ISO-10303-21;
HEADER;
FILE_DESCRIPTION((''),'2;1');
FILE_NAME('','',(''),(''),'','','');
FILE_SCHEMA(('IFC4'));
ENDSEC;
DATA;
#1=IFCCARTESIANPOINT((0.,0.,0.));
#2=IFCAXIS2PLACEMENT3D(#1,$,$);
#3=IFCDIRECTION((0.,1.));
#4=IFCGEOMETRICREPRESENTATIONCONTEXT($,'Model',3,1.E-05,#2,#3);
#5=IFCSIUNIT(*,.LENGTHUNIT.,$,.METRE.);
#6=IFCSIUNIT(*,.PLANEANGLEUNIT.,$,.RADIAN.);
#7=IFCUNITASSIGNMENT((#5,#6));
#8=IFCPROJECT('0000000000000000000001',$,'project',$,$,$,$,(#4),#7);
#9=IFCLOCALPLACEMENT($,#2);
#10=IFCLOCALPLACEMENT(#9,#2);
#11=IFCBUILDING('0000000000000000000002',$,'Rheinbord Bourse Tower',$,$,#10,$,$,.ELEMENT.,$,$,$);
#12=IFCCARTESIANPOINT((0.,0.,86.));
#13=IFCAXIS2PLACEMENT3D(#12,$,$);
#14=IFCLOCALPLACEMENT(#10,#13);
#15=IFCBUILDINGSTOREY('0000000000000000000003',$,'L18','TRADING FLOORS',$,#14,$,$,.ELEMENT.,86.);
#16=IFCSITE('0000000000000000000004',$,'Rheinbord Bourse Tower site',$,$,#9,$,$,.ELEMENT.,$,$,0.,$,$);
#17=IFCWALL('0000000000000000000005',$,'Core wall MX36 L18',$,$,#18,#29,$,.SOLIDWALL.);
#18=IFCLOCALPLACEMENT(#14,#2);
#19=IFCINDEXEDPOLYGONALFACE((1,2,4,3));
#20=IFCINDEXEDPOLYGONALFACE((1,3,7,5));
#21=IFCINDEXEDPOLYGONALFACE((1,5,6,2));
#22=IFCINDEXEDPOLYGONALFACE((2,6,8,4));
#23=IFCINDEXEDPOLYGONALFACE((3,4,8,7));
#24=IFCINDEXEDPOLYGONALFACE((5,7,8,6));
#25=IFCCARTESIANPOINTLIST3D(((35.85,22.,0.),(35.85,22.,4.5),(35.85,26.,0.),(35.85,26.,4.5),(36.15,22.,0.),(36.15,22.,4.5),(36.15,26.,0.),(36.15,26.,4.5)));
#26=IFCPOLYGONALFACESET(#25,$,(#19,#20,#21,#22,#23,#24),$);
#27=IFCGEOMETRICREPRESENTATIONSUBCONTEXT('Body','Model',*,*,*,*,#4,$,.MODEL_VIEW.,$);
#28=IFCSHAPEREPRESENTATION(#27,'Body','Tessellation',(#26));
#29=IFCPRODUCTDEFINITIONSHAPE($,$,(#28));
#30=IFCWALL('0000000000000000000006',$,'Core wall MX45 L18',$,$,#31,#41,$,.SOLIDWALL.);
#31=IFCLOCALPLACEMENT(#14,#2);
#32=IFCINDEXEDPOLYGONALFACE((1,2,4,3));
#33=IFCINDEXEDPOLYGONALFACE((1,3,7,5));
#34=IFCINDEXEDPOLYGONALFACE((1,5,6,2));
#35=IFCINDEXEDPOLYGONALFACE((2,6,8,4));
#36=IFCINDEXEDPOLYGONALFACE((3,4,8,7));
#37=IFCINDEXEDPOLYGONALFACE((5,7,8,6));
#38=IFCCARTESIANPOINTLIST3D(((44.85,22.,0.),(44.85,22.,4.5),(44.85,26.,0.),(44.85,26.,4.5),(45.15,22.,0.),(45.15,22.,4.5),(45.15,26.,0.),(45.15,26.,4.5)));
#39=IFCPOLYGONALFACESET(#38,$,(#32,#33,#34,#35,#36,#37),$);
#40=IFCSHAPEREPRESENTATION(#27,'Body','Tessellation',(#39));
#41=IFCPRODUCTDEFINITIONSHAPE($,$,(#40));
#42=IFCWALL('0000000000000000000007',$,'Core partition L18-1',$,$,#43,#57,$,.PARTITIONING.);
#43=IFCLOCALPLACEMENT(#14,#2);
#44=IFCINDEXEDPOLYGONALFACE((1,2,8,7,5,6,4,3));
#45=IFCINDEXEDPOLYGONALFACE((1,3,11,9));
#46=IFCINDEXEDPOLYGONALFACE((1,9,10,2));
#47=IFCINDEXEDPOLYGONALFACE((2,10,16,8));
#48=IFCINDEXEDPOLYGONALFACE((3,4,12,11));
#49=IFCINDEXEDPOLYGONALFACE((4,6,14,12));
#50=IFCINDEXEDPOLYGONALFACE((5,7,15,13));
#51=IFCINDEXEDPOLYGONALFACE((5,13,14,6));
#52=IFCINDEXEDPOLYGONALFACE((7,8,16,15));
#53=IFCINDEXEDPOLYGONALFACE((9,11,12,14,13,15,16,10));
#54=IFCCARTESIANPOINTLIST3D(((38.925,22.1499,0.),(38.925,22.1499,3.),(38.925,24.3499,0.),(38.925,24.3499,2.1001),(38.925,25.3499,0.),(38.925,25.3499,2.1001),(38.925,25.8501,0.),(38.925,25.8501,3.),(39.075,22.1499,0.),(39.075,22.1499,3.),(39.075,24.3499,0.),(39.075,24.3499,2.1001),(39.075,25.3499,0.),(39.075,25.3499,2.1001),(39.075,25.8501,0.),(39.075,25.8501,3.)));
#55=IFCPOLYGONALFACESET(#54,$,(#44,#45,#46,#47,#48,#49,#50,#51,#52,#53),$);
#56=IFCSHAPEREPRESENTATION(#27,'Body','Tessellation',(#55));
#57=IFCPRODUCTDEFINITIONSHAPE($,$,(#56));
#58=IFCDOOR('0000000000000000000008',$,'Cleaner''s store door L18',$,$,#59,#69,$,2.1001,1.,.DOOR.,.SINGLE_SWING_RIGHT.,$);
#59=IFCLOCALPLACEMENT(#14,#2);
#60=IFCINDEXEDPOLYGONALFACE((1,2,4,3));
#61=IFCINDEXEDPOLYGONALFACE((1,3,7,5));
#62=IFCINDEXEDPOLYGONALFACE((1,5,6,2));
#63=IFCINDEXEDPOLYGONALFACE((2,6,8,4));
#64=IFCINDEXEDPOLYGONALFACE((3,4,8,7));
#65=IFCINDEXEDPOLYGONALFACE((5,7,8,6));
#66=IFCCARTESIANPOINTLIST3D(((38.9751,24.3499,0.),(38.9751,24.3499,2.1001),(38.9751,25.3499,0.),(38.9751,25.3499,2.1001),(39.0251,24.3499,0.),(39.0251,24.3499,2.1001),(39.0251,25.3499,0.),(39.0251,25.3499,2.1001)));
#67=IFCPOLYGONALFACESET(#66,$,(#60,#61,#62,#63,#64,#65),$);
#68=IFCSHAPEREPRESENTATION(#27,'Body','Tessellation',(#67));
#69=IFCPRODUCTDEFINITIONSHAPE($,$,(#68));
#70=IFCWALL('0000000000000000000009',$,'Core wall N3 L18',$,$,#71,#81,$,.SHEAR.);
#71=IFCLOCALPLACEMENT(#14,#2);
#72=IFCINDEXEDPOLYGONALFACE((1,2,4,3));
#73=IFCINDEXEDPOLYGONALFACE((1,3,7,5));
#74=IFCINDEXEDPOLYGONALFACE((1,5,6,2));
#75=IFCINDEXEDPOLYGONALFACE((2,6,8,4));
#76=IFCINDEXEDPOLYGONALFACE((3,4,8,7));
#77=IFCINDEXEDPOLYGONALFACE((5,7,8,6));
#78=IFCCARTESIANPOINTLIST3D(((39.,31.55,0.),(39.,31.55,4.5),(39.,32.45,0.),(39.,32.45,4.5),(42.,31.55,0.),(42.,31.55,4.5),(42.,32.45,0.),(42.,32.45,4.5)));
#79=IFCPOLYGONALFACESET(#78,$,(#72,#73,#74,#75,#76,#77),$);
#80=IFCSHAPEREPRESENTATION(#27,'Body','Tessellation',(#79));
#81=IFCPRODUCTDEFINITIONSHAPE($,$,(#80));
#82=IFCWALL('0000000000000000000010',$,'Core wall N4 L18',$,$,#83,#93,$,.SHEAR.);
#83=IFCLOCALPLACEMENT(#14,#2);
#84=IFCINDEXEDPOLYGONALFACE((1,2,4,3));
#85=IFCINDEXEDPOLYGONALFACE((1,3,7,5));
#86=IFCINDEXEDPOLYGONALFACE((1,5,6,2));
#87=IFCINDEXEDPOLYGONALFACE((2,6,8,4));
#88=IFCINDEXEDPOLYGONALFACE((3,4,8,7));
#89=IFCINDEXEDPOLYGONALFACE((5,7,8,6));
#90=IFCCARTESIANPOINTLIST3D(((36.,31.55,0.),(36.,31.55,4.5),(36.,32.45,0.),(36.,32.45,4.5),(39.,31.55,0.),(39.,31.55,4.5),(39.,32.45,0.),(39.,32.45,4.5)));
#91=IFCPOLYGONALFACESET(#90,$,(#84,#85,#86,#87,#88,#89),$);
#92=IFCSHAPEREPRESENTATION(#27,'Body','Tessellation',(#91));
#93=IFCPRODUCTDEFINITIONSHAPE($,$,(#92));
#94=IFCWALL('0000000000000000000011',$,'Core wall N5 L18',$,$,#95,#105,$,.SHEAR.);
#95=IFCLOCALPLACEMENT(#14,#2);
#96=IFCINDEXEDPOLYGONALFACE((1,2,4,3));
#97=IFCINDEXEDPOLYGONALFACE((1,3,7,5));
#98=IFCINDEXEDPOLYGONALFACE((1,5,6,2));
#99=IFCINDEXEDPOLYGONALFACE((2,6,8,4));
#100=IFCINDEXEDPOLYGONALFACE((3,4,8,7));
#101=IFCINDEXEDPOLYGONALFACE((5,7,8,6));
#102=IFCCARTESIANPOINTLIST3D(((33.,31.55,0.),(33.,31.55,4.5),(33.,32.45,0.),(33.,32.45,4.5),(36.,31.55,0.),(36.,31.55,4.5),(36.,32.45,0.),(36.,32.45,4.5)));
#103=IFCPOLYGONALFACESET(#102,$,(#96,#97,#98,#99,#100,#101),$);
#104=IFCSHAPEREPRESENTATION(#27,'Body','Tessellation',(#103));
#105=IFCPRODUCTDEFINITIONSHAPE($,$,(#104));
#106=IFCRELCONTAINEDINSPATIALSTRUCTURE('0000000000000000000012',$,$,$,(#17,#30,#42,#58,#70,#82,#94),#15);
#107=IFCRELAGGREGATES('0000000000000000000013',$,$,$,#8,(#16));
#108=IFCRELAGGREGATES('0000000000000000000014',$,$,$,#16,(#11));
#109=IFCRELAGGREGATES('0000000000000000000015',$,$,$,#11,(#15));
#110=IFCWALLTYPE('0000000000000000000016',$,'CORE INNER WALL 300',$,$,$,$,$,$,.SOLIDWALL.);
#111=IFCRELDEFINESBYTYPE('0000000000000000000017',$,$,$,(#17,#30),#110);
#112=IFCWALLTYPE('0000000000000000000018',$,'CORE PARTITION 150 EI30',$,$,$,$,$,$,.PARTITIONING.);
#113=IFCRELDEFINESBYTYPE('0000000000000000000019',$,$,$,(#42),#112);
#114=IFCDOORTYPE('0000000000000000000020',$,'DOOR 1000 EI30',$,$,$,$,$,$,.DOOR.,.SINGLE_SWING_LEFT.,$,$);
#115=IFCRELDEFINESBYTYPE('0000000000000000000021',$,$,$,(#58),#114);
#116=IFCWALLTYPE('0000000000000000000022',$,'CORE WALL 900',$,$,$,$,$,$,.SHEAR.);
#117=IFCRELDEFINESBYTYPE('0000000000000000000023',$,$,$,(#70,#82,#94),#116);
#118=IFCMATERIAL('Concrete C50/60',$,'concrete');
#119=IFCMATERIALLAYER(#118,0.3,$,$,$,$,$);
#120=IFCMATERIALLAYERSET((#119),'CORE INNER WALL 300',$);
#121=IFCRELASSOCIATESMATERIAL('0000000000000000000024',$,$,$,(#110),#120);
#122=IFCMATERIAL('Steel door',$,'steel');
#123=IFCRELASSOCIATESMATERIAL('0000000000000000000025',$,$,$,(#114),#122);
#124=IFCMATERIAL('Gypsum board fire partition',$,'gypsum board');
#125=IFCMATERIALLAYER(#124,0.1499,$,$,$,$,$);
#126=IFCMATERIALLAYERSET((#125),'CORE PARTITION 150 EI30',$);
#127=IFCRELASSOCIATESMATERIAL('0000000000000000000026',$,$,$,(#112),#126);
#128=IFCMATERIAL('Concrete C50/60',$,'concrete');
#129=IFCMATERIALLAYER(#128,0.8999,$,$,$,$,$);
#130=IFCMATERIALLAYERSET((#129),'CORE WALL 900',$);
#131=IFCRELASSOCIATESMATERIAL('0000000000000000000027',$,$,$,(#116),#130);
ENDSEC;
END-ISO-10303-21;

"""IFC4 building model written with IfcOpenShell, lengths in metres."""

from ifc_helpers import new_model, si_unit, direction, frame, frame_2d, origin, place, context, subcontext, project, spatial, rectangle, extrude, material, layer, layer_set, type_object, element, fill, save


model = new_model("IFC4")

# Units and contexts
model_context = context("Model", 3, precision=1e-05, world=origin(), true_north=direction((0.0, 1.0)))
body_context = subcontext(model_context, "Body", "Model", "MODEL_VIEW")
ifc_project = project(units=[si_unit("LENGTHUNIT", "METRE"), si_unit("PLANEANGLEUNIT", "RADIAN")], contexts=[model_context])

# Site, building, storey
site_placement = place(None, origin())
site = spatial("IfcSite", under=ifc_project, at=site_placement, Name="Rheinbord Bourse Tower site", CompositionType="ELEMENT", RefElevation=0.0)
building_placement = place(site_placement, origin())
building = spatial("IfcBuilding", under=site, at=building_placement, Name="Rheinbord Bourse Tower", CompositionType="ELEMENT")
storey_placement = place(building_placement, frame((0.0, 0.0, 86.0)))
storey = spatial("IfcBuildingStorey", under=building, at=storey_placement, Name="L18", Description="TRADING FLOORS", CompositionType="ELEMENT", Elevation=86.0)

# Shared definitions
ifc_material_1 = material(Name="Concrete C50/60", Category="concrete")
ifc_layer_1 = layer(ifc_material_1, 0.3)
ifc_layer_set_1 = layer_set([ifc_layer_1], Name="CORE INNER WALL 300")
wall_type_1 = type_object("IfcWallType", Name="CORE INNER WALL 300", PredefinedType="SOLIDWALL", material=ifc_layer_set_1)

# Shared definitions
ifc_material_2 = material(Name="Steel door", Category="steel")
door_type_1 = type_object("IfcDoorType", Name="DOOR 1000 EI30", OperationType="SINGLE_SWING_LEFT", PredefinedType="DOOR", material=ifc_material_2)

# Walls
for number, where, z_axis, x_axis, name in (
    (1, (36.0, 22.0, 0.0), (0.0, 0.0, 1.0), (0.0, 1.0, 0.0), "Core wall MX36 L18"),
    (2, (45.0, 22.0, 0.0), (0.0, 0.0, 1.0), (0.0, 1.0, 0.0), "Core wall MX45 L18"),
):
    element("IfcWall", number, at=place(storey_placement, frame(where, z_axis=z_axis, x_axis=x_axis)), inside=storey, type_object=wall_type_1, Name=name, PredefinedType="SOLIDWALL", context=body_context, shape_type="SweptSolid", body=[
        extrude(rectangle(XDim=4.0, YDim=0.3, at=frame_2d((2.0, 0.0))), origin(), (0.0, 0.0, 1.0), 4.5),
    ])

# Wall, opening, door
ifc_material_3 = material(Name="Gypsum board fire partition", Category="gypsum board")
ifc_layer_2 = layer(ifc_material_3, 0.1499)
ifc_layer_set_2 = layer_set([ifc_layer_2], Name="CORE PARTITION 150 EI30")
wall_type_2 = type_object("IfcWallType", Name="CORE PARTITION 150 EI30", PredefinedType="PARTITIONING", material=ifc_layer_set_2)
wall_1_placement = place(storey_placement, frame((39.0, 22.1499, 0.0), z_axis=(0.0, 0.0, 1.0), x_axis=(0.0, 1.0, 0.0)))
wall_1 = element("IfcWall", 3, at=wall_1_placement, inside=storey, type_object=wall_type_2, Name="Core partition L18-1", PredefinedType="PARTITIONING", context=body_context, shape_type="SweptSolid", body=[
    extrude(rectangle(XDim=3.7002, YDim=0.1499, at=frame_2d((1.8501, 0.0))), origin(), (0.0, 0.0, 1.0), 3.0),
])
opening_1_placement = place(wall_1_placement, frame((2.2, 0.0, 0.0)))
opening_1 = element("IfcOpeningElement", 4, at=opening_1_placement, cuts=wall_1, PredefinedType="OPENING", context=body_context, shape_type="SweptSolid", body=[
    extrude(rectangle(XDim=1.0, YDim=2.1001, at=frame_2d((0.5, 1.05))), frame((0.0, 0.085, 0.0), z_axis=(0.0, -1.0, 0.0), x_axis=(1.0, 0.0, 0.0)), (0.0, 0.0, 1.0), 0.1699),
])
door_1_placement = place(opening_1_placement, origin())
door_1 = element("IfcDoor", 5, at=door_1_placement, inside=storey, type_object=door_type_1, Name="Cleaner's store door L18", OperationType="SINGLE_SWING_RIGHT", OverallHeight=2.1001, OverallWidth=1.0, PredefinedType="DOOR", context=body_context, shape_type="SweptSolid", body=[
    extrude(rectangle(XDim=1.0, YDim=2.1001, at=frame_2d((0.5, 1.05))), frame((0.0, 0.0249, 0.0), z_axis=(0.0, -1.0, 0.0), x_axis=(1.0, 0.0, 0.0)), (0.0, 0.0, 1.0), 0.05),
])
fill(opening_1, door_1)

# Walls
ifc_material_4 = material(Name="Concrete C50/60", Category="concrete")
ifc_layer_3 = layer(ifc_material_4, 0.8999)
ifc_layer_set_3 = layer_set([ifc_layer_3], Name="CORE WALL 900")
wall_type_3 = type_object("IfcWallType", Name="CORE WALL 900", PredefinedType="SHEAR", material=ifc_layer_set_3)
for number, where, z_axis, x_axis, name in (
    (6, (42.0, 32.0, 0.0), (0.0, 0.0, 1.0), (-1.0, 0.0, 0.0), "Core wall N3 L18"),
    (7, (39.0, 32.0, 0.0), (0.0, 0.0, 1.0), (-1.0, 0.0, 0.0), "Core wall N4 L18"),
    (8, (36.0, 32.0, 0.0), (0.0, 0.0, 1.0), (-1.0, 0.0, 0.0), "Core wall N5 L18"),
):
    element("IfcWall", number, at=place(storey_placement, frame(where, z_axis=z_axis, x_axis=x_axis)), inside=storey, type_object=wall_type_3, Name=name, PredefinedType="SHEAR", context=body_context, shape_type="SweptSolid", body=[
        extrude(rectangle(XDim=3.0, YDim=0.8999, at=frame_2d((1.5, 0.0))), origin(), (0.0, 0.0, 1.0), 4.5),
    ])

save(model, "model.ifc")
